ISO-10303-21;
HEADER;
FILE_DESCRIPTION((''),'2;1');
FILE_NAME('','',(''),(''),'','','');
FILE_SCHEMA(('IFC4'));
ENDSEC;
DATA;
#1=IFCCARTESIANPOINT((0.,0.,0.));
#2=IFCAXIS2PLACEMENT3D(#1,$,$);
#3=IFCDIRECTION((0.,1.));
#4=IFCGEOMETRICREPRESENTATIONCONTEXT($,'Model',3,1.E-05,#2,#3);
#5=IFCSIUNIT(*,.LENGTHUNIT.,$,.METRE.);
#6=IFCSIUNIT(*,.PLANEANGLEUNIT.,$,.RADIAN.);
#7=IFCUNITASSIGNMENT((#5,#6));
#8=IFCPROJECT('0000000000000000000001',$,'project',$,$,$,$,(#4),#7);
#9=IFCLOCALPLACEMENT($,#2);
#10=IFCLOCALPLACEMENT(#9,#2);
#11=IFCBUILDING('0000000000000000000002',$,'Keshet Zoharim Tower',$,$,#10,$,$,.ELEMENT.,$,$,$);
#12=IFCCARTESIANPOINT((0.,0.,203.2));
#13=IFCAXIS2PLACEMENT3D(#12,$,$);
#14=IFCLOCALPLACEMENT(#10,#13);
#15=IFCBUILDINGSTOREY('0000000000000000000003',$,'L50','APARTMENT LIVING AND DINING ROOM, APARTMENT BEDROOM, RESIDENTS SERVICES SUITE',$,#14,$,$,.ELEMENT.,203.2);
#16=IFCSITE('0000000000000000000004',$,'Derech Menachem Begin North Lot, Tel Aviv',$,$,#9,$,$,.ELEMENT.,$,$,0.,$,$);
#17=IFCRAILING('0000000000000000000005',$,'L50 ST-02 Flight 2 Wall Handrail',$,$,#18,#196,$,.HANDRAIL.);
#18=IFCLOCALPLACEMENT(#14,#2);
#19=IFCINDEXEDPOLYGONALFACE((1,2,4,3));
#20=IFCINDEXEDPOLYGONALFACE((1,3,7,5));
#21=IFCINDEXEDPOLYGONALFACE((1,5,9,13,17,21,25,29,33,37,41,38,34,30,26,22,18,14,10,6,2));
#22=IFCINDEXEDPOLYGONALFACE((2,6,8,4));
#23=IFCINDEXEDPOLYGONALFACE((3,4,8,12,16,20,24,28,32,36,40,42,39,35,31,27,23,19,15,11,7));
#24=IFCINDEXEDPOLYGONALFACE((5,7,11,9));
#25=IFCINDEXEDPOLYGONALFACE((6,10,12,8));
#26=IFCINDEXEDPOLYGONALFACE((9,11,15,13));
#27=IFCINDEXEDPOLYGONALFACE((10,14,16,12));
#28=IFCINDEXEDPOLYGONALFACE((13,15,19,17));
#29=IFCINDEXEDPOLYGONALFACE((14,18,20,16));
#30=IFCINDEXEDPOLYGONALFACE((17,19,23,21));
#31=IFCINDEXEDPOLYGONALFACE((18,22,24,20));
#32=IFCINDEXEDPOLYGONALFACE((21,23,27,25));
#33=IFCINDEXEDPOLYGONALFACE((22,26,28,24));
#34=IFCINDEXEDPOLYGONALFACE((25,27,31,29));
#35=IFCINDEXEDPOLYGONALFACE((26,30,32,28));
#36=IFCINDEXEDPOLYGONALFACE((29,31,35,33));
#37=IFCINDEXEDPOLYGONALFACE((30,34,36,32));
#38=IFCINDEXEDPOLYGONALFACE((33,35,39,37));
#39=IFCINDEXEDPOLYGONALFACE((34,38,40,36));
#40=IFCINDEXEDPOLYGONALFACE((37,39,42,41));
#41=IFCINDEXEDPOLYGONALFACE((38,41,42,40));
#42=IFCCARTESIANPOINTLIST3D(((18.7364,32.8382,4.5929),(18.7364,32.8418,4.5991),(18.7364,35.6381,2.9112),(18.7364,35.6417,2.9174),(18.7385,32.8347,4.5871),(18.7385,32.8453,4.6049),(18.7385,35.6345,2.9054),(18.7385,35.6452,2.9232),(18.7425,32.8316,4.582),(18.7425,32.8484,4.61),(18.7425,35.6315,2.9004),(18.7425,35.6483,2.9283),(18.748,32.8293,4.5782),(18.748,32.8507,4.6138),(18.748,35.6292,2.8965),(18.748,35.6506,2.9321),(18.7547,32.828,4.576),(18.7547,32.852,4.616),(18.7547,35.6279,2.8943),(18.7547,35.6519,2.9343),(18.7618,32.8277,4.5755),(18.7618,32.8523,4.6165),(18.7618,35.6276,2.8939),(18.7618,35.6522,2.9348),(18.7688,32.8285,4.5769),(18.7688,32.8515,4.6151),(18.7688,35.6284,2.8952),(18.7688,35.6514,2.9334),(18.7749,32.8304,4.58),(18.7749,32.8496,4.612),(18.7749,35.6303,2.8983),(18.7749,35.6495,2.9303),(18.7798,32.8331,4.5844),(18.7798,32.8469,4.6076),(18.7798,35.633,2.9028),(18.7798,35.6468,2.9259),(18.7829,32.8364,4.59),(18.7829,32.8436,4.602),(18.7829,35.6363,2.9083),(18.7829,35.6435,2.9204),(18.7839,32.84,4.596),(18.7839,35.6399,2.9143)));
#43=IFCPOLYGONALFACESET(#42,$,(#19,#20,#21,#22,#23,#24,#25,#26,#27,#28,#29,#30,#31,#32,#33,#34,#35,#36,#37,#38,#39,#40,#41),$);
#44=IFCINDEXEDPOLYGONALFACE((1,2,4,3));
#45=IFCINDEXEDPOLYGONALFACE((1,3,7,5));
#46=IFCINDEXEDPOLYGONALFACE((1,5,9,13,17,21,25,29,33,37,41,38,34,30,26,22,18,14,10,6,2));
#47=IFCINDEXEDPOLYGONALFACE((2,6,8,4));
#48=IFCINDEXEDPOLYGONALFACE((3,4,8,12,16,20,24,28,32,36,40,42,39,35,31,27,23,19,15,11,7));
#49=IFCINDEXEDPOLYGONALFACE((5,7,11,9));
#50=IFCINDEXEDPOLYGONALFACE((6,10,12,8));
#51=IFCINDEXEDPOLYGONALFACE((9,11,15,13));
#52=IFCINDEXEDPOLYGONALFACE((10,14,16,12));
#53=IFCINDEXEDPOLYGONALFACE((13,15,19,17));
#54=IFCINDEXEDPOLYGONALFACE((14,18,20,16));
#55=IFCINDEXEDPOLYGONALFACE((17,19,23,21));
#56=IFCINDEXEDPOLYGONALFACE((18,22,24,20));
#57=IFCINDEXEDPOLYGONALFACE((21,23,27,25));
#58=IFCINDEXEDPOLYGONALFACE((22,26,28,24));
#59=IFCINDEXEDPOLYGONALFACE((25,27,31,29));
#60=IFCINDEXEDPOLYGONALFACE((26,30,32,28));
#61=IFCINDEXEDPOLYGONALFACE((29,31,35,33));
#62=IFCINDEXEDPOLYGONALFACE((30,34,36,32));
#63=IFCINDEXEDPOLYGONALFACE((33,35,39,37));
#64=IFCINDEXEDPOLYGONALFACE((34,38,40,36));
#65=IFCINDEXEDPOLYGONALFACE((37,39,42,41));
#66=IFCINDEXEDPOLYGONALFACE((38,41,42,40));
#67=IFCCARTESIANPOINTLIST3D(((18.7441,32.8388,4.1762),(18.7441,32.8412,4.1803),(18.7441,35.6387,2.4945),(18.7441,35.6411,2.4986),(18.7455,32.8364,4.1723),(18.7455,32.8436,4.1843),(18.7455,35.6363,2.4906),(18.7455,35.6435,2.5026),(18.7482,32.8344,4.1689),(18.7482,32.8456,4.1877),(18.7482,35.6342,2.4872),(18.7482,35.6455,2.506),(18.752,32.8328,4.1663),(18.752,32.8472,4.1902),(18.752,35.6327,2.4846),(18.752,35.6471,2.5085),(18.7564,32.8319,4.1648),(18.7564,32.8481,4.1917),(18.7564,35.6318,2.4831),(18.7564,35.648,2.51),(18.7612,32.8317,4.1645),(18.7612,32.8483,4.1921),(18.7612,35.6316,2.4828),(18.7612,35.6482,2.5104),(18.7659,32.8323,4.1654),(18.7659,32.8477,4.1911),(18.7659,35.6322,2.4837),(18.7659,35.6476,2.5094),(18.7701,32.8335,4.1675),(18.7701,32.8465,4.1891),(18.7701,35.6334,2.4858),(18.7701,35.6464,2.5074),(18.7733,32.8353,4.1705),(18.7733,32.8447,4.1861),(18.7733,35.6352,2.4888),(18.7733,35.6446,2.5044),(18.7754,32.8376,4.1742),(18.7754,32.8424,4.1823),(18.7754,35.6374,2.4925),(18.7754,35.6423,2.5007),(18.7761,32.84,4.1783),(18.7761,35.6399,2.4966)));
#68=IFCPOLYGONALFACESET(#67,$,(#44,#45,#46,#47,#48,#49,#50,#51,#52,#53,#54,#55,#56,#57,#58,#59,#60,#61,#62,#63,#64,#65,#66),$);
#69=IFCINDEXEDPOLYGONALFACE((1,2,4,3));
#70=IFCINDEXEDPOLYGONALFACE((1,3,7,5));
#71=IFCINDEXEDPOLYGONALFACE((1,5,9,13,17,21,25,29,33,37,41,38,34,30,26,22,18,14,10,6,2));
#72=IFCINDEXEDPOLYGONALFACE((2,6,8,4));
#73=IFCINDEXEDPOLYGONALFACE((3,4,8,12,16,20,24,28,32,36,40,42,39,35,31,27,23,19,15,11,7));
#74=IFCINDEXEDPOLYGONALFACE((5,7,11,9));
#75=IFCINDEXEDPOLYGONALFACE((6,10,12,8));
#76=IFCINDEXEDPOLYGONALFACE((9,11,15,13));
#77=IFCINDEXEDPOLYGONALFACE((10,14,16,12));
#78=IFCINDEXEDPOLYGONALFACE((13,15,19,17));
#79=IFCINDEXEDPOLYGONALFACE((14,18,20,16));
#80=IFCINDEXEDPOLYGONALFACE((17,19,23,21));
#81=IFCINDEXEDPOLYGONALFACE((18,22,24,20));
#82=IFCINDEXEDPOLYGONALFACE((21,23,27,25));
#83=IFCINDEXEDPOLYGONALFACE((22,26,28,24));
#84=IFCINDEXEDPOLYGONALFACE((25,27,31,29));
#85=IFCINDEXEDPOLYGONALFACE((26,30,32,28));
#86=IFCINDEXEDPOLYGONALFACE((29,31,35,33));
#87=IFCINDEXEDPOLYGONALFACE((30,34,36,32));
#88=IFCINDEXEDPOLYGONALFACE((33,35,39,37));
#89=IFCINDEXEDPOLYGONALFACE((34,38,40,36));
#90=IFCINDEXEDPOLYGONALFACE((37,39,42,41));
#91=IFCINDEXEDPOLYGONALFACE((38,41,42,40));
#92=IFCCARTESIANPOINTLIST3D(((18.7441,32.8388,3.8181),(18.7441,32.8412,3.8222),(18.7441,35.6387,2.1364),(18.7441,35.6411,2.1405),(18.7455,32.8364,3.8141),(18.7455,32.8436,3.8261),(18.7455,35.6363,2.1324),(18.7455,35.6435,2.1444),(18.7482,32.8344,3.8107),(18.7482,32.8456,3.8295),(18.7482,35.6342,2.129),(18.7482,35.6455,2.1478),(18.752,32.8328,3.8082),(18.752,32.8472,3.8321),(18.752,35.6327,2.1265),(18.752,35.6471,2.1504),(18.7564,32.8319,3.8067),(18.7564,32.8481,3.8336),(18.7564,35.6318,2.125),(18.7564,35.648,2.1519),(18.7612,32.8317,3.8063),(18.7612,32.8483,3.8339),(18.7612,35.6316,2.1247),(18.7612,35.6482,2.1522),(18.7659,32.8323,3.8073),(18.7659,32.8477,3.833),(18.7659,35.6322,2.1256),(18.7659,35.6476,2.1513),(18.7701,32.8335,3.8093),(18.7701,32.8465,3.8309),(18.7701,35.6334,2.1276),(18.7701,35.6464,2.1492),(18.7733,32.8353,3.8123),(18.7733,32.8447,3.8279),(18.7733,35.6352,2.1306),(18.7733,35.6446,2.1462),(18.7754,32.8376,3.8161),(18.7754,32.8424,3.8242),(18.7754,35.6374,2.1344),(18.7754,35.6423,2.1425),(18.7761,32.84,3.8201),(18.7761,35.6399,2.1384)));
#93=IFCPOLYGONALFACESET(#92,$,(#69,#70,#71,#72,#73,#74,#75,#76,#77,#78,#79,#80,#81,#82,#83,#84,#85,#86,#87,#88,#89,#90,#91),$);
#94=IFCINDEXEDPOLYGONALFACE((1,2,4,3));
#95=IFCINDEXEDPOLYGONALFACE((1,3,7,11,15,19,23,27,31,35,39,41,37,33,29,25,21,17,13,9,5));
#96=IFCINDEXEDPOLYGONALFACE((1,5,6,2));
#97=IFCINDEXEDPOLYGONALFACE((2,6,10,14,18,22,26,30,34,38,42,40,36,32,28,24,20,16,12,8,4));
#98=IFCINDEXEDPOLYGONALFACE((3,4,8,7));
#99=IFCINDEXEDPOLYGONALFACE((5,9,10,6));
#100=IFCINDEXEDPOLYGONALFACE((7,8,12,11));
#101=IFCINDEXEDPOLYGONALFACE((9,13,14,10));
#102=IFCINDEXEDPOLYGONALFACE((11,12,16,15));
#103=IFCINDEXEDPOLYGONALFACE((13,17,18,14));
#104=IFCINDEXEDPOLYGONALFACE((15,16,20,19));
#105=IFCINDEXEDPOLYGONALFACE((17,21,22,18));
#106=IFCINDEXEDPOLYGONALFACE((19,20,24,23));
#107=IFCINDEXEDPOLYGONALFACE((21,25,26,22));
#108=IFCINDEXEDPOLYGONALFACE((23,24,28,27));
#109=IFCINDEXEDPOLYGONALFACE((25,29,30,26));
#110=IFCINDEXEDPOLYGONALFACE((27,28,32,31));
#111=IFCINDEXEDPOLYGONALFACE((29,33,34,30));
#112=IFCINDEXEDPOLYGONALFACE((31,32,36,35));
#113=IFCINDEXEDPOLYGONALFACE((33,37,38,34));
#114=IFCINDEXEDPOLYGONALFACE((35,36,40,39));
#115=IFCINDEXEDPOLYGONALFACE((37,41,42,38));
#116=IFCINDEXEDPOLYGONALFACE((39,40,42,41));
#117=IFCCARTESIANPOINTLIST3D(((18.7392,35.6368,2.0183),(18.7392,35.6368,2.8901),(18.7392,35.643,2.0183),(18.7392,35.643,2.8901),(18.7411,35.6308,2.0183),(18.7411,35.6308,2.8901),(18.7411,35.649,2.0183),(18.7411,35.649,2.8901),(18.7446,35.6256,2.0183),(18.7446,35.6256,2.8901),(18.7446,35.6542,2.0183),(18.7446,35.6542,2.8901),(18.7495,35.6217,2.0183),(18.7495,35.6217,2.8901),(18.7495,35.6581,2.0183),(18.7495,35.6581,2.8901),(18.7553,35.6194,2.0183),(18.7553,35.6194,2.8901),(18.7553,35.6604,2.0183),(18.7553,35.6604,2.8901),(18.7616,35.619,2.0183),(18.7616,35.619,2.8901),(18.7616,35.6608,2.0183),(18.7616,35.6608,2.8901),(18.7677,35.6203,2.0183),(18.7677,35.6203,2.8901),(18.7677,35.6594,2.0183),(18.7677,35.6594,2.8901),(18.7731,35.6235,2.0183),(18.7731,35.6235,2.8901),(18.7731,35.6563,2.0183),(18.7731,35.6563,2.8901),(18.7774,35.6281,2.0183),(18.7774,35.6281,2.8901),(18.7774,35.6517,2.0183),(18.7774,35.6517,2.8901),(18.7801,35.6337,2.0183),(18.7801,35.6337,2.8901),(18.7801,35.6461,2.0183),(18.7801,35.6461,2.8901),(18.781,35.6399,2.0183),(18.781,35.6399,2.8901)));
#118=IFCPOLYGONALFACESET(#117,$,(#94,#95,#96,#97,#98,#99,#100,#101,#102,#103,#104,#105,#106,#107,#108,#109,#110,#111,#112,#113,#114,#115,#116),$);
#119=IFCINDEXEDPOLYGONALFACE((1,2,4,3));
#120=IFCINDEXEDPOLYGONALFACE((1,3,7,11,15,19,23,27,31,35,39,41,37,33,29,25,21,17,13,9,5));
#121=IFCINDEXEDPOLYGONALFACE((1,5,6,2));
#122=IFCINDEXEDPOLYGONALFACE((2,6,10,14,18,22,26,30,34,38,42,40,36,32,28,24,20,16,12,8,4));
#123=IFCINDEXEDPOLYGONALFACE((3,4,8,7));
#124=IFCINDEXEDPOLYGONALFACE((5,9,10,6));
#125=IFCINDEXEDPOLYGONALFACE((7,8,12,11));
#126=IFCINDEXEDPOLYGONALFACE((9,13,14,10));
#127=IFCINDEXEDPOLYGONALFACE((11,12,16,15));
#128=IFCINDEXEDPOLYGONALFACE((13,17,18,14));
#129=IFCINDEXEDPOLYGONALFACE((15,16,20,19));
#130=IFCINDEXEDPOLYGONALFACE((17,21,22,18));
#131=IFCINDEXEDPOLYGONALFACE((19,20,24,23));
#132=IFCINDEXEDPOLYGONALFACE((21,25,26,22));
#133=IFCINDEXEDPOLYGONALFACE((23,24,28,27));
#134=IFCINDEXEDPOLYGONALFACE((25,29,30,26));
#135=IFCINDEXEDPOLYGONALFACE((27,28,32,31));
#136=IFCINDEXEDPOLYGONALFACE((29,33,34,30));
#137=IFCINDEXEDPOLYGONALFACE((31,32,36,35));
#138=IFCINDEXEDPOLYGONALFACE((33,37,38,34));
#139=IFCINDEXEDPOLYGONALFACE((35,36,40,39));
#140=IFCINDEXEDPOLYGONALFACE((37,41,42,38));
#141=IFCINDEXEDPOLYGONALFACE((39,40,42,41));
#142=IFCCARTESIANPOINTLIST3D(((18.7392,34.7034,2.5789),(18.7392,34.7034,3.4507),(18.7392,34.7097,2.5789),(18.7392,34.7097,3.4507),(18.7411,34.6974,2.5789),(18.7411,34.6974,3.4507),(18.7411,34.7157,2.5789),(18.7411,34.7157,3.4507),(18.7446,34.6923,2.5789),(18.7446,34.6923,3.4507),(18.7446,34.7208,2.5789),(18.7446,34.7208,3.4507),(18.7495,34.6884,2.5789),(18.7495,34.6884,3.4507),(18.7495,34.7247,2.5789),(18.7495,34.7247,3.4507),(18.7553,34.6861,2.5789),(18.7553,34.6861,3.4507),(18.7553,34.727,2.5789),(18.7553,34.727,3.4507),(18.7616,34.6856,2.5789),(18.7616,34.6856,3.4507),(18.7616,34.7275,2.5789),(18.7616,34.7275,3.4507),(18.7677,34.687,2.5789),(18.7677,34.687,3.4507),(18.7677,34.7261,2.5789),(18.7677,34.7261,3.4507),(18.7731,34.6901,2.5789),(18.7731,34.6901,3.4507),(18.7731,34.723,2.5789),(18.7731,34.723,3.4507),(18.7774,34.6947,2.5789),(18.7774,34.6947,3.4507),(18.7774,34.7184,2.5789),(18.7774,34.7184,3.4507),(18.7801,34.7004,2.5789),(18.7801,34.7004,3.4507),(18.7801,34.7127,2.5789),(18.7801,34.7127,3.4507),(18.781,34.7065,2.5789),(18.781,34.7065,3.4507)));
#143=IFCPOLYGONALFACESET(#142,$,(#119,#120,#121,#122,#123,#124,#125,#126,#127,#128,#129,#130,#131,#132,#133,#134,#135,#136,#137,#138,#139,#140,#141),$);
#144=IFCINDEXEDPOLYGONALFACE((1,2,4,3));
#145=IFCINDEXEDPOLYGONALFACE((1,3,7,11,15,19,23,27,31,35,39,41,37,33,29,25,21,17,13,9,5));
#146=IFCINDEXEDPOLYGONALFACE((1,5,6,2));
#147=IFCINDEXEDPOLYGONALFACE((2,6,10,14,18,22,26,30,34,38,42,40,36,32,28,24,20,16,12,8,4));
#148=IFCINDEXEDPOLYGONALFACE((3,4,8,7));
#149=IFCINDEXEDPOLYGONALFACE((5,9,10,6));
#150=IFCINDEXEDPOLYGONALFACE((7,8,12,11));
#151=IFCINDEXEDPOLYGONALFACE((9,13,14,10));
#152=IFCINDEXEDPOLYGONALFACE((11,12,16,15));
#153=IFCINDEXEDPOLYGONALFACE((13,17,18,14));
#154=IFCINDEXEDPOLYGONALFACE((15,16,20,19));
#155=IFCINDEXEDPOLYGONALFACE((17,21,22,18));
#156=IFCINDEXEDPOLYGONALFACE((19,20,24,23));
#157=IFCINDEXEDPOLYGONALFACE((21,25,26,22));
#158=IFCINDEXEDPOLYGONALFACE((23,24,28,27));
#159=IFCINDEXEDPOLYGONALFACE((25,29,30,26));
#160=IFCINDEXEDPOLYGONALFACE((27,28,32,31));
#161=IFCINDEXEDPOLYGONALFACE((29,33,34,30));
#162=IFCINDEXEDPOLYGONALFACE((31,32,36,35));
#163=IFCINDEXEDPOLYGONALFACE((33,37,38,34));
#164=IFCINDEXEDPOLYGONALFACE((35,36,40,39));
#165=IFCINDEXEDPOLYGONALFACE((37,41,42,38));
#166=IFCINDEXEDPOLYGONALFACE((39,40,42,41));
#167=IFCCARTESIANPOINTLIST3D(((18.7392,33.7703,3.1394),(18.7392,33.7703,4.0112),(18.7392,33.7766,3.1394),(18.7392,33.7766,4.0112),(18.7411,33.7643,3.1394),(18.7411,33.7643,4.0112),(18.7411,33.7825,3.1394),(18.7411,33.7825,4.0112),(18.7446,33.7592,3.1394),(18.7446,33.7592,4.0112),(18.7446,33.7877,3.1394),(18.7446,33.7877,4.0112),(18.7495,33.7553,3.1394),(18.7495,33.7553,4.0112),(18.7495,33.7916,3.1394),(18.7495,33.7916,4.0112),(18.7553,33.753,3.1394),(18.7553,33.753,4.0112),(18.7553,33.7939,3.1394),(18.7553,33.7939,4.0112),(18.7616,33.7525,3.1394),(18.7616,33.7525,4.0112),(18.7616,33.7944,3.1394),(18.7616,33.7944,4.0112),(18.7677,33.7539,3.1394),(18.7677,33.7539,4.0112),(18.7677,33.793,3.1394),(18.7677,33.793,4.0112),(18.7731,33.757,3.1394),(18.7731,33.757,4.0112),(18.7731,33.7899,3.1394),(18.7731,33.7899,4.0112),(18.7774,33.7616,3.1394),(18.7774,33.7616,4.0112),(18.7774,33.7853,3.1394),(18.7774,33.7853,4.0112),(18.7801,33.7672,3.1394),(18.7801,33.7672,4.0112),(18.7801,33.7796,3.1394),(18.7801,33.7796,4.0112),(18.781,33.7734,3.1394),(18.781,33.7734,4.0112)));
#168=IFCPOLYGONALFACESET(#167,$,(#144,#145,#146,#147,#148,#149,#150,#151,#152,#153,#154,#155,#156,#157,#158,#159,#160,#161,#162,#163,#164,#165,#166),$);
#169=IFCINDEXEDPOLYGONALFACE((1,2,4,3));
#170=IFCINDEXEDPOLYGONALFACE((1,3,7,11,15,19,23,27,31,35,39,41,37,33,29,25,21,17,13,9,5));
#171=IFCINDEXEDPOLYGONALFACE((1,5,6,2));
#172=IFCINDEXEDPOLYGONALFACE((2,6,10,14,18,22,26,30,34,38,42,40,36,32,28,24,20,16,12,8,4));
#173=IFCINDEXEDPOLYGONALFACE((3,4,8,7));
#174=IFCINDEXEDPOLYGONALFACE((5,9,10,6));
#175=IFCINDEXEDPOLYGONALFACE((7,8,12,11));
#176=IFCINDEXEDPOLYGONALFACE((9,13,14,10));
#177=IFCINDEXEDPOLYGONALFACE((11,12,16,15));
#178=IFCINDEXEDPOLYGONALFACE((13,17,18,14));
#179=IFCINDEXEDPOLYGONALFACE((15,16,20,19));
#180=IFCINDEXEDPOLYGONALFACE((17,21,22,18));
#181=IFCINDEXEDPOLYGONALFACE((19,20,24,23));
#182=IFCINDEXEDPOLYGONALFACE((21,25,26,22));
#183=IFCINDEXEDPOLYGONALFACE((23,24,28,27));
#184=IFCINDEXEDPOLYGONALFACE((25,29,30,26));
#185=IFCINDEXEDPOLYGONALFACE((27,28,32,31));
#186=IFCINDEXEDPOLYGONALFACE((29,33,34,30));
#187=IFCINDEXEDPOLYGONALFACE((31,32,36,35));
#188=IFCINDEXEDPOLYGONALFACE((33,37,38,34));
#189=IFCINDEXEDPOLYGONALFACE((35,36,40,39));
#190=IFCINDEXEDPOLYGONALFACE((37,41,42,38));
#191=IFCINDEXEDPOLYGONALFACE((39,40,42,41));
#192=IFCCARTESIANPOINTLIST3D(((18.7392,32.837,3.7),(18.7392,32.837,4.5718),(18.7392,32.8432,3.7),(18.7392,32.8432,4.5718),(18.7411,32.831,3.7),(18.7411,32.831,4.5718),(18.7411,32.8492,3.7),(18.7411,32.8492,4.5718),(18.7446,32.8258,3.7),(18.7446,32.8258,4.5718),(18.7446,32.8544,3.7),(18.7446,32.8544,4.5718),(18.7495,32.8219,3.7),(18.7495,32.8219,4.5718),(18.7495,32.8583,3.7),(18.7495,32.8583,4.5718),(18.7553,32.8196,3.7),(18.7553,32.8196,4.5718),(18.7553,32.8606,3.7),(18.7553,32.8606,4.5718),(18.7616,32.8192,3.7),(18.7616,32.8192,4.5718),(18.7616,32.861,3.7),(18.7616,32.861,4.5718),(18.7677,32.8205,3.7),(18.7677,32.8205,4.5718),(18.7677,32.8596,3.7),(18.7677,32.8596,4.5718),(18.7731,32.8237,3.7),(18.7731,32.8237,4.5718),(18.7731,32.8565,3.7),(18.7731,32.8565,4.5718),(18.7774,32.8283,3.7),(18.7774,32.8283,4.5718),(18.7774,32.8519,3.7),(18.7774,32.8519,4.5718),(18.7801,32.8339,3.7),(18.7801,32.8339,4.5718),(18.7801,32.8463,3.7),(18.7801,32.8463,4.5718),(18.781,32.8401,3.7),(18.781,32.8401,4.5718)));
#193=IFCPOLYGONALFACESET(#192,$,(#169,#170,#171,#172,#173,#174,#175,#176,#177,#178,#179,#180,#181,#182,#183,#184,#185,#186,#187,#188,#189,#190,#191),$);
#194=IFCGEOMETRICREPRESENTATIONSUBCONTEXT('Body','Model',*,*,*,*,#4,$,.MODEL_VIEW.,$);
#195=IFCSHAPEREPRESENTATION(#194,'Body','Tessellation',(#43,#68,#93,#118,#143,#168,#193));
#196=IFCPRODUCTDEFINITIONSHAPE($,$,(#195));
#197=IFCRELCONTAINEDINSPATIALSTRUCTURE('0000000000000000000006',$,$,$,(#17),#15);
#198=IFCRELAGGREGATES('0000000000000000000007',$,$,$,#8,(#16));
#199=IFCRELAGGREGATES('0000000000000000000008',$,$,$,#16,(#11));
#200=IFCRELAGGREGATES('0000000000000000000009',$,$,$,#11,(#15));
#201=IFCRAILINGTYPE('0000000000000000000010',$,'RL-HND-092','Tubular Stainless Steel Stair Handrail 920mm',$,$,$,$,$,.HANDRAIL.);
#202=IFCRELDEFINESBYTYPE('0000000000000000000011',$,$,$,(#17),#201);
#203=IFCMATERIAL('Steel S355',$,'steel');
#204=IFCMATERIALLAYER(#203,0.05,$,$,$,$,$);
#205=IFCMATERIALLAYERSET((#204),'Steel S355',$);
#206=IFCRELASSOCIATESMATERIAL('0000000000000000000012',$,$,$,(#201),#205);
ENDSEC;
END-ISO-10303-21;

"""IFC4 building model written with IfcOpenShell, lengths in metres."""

from ifc_helpers import new_model, si_unit, direction, frame, origin, origin_2d, place, context, subcontext, project, spatial, circle, extrude, material, layer, layer_set, type_object, element, save


model = new_model("IFC4")

# Units and contexts
model_context = context("Model", 3, precision=1e-05, world=origin(), true_north=direction((0.0, 1.0)))
body_context = subcontext(model_context, "Body", "Model", "MODEL_VIEW")
ifc_project = project(units=[si_unit("LENGTHUNIT", "METRE"), si_unit("PLANEANGLEUNIT", "RADIAN")], contexts=[model_context])

# Site, building, storey
site_placement = place(None, origin())
site = spatial("IfcSite", under=ifc_project, at=site_placement, Name="Derech Menachem Begin North Lot, Tel Aviv", CompositionType="ELEMENT", RefElevation=0.0)
building_placement = place(site_placement, origin())
building = spatial("IfcBuilding", under=site, at=building_placement, Name="Keshet Zoharim Tower", CompositionType="ELEMENT")
storey_placement = place(building_placement, frame((0.0, 0.0, 203.2)))
storey = spatial("IfcBuildingStorey", under=building, at=storey_placement, Name="L50", Description="APARTMENT LIVING AND DINING ROOM, APARTMENT BEDROOM, RESIDENTS SERVICES SUITE", CompositionType="ELEMENT", Elevation=203.2)

# Shared definitions
ifc_material_1 = material(Name="Steel S355", Category="steel")

# Railing
ifc_layer_1 = layer(ifc_material_1, 0.05)
ifc_layer_set_1 = layer_set([ifc_layer_1], Name="Steel S355")
railing_type_1 = type_object("IfcRailingType", Name="RL-HND-092", Description="Tubular Stainless Steel Stair Handrail 920mm", PredefinedType="HANDRAIL", material=ifc_layer_set_1)
railing_1_placement = place(storey_placement, frame((18.76, 35.6399, 2.0183)))
element("IfcRailing", 1, at=railing_1_placement, inside=storey, type_object=railing_type_1, Name="L50 ST-02 Flight 2 Wall Handrail", PredefinedType="HANDRAIL", context=body_context, shape_type="SweptSolid", body=[
    extrude(circle(Radius=0.0239, at=origin_2d()), frame((0.0, 0.0, 0.896), z_axis=(0.0, -0.857255, 0.514891), x_axis=(1.0, 0.0, 0.0)), (0.0, 0.0, 1.0), 3.2661),
    extrude(circle(Radius=0.0161, at=origin_2d()), frame((0.0, 0.0, 0.4783), z_axis=(0.0, -0.857255, 0.514891), x_axis=(1.0, 0.0, 0.0)), (0.0, 0.0, 1.0), 3.2661),
    extrude(circle(Radius=0.0161, at=origin_2d()), frame((0.0, 0.0, 0.1201), z_axis=(0.0, -0.857255, 0.514891), x_axis=(1.0, 0.0, 0.0)), (0.0, 0.0, 1.0), 3.2661),
    extrude(circle(Radius=0.021, at=origin_2d()), origin(), (0.0, 0.0, 1.0), 0.8718),
    extrude(circle(Radius=0.021, at=origin_2d()), frame((0.0, -0.9333, 0.5605)), (0.0, 0.0, 1.0), 0.8718),
    extrude(circle(Radius=0.021, at=origin_2d()), frame((0.0, -1.8665, 1.1211)), (0.0, 0.0, 1.0), 0.8718),
    extrude(circle(Radius=0.021, at=origin_2d()), frame((0.0, -2.7998, 1.6816)), (0.0, 0.0, 1.0), 0.8718),
])

save(model, "model.ifc")
